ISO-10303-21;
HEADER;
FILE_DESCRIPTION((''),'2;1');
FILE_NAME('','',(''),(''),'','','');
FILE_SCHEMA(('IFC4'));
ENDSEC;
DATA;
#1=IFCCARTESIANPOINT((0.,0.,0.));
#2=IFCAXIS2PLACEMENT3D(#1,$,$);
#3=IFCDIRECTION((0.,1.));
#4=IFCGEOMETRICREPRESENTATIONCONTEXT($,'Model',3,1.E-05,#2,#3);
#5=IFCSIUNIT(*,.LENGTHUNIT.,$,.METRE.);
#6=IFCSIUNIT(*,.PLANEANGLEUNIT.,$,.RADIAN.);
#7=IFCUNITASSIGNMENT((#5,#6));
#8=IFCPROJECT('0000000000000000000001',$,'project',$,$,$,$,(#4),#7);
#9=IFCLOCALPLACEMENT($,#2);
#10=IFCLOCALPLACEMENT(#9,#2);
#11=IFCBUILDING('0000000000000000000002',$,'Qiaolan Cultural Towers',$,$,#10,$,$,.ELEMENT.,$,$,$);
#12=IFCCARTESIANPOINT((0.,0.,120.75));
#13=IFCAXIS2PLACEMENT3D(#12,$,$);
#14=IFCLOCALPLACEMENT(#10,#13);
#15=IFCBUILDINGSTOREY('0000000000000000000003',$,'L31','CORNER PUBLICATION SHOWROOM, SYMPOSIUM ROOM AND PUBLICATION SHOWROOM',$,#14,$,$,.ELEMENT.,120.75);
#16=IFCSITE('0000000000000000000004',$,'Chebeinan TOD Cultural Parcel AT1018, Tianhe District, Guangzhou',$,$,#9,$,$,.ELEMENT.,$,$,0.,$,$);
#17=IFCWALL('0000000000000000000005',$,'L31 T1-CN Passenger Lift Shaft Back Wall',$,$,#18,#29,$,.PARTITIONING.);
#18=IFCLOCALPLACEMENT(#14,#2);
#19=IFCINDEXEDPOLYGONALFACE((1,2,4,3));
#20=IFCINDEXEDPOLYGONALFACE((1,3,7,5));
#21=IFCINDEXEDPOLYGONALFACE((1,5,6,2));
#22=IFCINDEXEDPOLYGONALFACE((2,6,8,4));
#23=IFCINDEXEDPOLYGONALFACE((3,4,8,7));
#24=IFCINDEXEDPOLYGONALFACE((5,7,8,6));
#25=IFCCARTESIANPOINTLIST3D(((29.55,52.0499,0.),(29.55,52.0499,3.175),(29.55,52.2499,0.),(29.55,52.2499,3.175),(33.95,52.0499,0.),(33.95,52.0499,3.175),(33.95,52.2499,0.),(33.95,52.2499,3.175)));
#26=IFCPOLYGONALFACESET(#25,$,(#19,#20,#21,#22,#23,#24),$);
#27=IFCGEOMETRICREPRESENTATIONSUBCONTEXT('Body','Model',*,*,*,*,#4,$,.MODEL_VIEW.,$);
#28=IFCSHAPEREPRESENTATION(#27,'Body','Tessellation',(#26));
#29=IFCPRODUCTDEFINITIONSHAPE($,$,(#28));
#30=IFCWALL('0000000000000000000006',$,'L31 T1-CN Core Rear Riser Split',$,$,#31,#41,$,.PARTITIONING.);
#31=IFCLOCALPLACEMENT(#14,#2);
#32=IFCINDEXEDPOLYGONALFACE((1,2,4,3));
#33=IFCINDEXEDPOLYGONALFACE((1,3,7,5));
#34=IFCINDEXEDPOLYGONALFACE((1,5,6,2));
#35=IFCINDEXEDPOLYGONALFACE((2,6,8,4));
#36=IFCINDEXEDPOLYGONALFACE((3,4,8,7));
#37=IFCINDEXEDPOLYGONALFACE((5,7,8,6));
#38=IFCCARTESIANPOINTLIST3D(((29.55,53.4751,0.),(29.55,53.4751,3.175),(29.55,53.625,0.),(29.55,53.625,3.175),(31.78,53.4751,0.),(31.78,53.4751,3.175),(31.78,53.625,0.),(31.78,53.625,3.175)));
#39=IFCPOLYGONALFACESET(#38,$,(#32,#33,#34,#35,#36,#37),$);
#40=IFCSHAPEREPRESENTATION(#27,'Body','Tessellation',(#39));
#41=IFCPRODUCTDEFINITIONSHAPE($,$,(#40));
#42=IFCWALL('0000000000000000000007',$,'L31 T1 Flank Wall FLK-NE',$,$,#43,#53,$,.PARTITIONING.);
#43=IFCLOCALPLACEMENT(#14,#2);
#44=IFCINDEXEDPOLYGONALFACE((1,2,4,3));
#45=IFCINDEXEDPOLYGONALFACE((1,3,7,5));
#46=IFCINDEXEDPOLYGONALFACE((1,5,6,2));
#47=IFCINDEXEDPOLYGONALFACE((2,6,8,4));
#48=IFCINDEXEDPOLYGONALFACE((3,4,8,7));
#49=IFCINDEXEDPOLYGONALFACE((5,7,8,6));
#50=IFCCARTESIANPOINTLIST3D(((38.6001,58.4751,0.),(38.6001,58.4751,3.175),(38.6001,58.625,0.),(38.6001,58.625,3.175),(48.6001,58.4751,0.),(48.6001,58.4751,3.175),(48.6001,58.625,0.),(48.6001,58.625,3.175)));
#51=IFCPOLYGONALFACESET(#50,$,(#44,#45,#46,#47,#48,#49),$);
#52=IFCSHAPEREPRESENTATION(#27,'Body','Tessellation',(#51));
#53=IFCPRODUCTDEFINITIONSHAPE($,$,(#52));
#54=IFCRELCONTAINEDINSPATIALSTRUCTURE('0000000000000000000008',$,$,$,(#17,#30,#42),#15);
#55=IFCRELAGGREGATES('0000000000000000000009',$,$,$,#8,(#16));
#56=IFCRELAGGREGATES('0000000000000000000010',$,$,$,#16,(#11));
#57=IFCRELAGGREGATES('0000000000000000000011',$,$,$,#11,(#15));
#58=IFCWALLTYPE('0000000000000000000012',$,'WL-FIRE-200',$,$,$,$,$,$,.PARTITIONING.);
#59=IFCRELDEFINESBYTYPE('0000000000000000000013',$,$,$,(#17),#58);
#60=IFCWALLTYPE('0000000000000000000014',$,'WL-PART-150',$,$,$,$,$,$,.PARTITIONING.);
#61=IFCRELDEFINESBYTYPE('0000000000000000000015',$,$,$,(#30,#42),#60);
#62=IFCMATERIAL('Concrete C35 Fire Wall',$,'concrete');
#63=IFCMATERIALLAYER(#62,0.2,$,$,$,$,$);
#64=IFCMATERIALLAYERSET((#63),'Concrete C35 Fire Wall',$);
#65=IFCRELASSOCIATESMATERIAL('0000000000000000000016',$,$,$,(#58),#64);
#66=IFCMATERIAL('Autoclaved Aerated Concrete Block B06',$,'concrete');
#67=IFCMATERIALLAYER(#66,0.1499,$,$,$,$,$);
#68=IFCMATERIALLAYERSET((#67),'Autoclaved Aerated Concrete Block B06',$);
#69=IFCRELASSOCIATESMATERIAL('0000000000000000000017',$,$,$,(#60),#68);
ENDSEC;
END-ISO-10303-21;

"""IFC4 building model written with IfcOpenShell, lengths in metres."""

from ifc_helpers import new_model, si_unit, direction, frame, frame_2d, origin, place, context, subcontext, project, spatial, rectangle, extrude, material, layer, layer_set, type_object, element, save


model = new_model("IFC4")

# Units and contexts
model_context = context("Model", 3, precision=1e-05, world=origin(), true_north=direction((0.0, 1.0)))
body_context = subcontext(model_context, "Body", "Model", "MODEL_VIEW")
ifc_project = project(units=[si_unit("LENGTHUNIT", "METRE"), si_unit("PLANEANGLEUNIT", "RADIAN")], contexts=[model_context])

# Site, building, storey
site_placement = place(None, origin())
site = spatial("IfcSite", under=ifc_project, at=site_placement, Name="Chebeinan TOD Cultural Parcel AT1018, Tianhe District, Guangzhou", CompositionType="ELEMENT", RefElevation=0.0)
building_placement = place(site_placement, origin())
building = spatial("IfcBuilding", under=site, at=building_placement, Name="Qiaolan Cultural Towers", CompositionType="ELEMENT")
storey_placement = place(building_placement, frame((0.0, 0.0, 120.75)))
storey = spatial("IfcBuildingStorey", under=building, at=storey_placement, Name="L31", Description="CORNER PUBLICATION SHOWROOM, SYMPOSIUM ROOM AND PUBLICATION SHOWROOM", CompositionType="ELEMENT", Elevation=120.75)

# Shared definitions
ifc_material_1 = material(Name="Concrete C35 Fire Wall", Category="concrete")
ifc_layer_1 = layer(ifc_material_1, 0.2)
ifc_layer_set_1 = layer_set([ifc_layer_1], Name="Concrete C35 Fire Wall")
wall_type_1 = type_object("IfcWallType", Name="WL-FIRE-200", PredefinedType="PARTITIONING", material=ifc_layer_set_1)

# Walls
wall_1_placement = place(storey_placement, frame((29.55, 52.1499, 0.0), z_axis=(0.0, 0.0, 1.0), x_axis=(1.0, 0.0, 0.0)))
element("IfcWall", 1, at=wall_1_placement, inside=storey, type_object=wall_type_1, Name="L31 T1-CN Passenger Lift Shaft Back Wall", PredefinedType="PARTITIONING", context=body_context, shape_type="SweptSolid", body=[
    extrude(rectangle(XDim=4.3999, YDim=0.2, at=frame_2d((2.2, 0.0))), origin(), (0.0, 0.0, 1.0), 3.175),
])
ifc_material_2 = material(Name="Autoclaved Aerated Concrete Block B06", Category="concrete")
ifc_layer_2 = layer(ifc_material_2, 0.1499)
ifc_layer_set_2 = layer_set([ifc_layer_2], Name="Autoclaved Aerated Concrete Block B06")
wall_type_2 = type_object("IfcWallType", Name="WL-PART-150", PredefinedType="PARTITIONING", material=ifc_layer_set_2)
wall_2_placement = place(storey_placement, frame((29.55, 53.55, 0.0), z_axis=(0.0, 0.0, 1.0), x_axis=(1.0, 0.0, 0.0)))
element("IfcWall", 2, at=wall_2_placement, inside=storey, type_object=wall_type_2, Name="L31 T1-CN Core Rear Riser Split", PredefinedType="PARTITIONING", context=body_context, shape_type="SweptSolid", body=[
    extrude(rectangle(XDim=2.23, YDim=0.1499, at=frame_2d((1.115, 0.0))), origin(), (0.0, 0.0, 1.0), 3.175),
])
wall_3_placement = place(storey_placement, frame((38.6001, 58.55, 0.0), z_axis=(0.0, 0.0, 1.0), x_axis=(1.0, 0.0, 0.0)))
element("IfcWall", 3, at=wall_3_placement, inside=storey, type_object=wall_type_2, Name="L31 T1 Flank Wall FLK-NE", PredefinedType="PARTITIONING", context=body_context, shape_type="SweptSolid", body=[
    extrude(rectangle(XDim=10.0, YDim=0.1499, at=frame_2d((5.0, 0.0))), origin(), (0.0, 0.0, 1.0), 3.175),
])

save(model, "model.ifc")
